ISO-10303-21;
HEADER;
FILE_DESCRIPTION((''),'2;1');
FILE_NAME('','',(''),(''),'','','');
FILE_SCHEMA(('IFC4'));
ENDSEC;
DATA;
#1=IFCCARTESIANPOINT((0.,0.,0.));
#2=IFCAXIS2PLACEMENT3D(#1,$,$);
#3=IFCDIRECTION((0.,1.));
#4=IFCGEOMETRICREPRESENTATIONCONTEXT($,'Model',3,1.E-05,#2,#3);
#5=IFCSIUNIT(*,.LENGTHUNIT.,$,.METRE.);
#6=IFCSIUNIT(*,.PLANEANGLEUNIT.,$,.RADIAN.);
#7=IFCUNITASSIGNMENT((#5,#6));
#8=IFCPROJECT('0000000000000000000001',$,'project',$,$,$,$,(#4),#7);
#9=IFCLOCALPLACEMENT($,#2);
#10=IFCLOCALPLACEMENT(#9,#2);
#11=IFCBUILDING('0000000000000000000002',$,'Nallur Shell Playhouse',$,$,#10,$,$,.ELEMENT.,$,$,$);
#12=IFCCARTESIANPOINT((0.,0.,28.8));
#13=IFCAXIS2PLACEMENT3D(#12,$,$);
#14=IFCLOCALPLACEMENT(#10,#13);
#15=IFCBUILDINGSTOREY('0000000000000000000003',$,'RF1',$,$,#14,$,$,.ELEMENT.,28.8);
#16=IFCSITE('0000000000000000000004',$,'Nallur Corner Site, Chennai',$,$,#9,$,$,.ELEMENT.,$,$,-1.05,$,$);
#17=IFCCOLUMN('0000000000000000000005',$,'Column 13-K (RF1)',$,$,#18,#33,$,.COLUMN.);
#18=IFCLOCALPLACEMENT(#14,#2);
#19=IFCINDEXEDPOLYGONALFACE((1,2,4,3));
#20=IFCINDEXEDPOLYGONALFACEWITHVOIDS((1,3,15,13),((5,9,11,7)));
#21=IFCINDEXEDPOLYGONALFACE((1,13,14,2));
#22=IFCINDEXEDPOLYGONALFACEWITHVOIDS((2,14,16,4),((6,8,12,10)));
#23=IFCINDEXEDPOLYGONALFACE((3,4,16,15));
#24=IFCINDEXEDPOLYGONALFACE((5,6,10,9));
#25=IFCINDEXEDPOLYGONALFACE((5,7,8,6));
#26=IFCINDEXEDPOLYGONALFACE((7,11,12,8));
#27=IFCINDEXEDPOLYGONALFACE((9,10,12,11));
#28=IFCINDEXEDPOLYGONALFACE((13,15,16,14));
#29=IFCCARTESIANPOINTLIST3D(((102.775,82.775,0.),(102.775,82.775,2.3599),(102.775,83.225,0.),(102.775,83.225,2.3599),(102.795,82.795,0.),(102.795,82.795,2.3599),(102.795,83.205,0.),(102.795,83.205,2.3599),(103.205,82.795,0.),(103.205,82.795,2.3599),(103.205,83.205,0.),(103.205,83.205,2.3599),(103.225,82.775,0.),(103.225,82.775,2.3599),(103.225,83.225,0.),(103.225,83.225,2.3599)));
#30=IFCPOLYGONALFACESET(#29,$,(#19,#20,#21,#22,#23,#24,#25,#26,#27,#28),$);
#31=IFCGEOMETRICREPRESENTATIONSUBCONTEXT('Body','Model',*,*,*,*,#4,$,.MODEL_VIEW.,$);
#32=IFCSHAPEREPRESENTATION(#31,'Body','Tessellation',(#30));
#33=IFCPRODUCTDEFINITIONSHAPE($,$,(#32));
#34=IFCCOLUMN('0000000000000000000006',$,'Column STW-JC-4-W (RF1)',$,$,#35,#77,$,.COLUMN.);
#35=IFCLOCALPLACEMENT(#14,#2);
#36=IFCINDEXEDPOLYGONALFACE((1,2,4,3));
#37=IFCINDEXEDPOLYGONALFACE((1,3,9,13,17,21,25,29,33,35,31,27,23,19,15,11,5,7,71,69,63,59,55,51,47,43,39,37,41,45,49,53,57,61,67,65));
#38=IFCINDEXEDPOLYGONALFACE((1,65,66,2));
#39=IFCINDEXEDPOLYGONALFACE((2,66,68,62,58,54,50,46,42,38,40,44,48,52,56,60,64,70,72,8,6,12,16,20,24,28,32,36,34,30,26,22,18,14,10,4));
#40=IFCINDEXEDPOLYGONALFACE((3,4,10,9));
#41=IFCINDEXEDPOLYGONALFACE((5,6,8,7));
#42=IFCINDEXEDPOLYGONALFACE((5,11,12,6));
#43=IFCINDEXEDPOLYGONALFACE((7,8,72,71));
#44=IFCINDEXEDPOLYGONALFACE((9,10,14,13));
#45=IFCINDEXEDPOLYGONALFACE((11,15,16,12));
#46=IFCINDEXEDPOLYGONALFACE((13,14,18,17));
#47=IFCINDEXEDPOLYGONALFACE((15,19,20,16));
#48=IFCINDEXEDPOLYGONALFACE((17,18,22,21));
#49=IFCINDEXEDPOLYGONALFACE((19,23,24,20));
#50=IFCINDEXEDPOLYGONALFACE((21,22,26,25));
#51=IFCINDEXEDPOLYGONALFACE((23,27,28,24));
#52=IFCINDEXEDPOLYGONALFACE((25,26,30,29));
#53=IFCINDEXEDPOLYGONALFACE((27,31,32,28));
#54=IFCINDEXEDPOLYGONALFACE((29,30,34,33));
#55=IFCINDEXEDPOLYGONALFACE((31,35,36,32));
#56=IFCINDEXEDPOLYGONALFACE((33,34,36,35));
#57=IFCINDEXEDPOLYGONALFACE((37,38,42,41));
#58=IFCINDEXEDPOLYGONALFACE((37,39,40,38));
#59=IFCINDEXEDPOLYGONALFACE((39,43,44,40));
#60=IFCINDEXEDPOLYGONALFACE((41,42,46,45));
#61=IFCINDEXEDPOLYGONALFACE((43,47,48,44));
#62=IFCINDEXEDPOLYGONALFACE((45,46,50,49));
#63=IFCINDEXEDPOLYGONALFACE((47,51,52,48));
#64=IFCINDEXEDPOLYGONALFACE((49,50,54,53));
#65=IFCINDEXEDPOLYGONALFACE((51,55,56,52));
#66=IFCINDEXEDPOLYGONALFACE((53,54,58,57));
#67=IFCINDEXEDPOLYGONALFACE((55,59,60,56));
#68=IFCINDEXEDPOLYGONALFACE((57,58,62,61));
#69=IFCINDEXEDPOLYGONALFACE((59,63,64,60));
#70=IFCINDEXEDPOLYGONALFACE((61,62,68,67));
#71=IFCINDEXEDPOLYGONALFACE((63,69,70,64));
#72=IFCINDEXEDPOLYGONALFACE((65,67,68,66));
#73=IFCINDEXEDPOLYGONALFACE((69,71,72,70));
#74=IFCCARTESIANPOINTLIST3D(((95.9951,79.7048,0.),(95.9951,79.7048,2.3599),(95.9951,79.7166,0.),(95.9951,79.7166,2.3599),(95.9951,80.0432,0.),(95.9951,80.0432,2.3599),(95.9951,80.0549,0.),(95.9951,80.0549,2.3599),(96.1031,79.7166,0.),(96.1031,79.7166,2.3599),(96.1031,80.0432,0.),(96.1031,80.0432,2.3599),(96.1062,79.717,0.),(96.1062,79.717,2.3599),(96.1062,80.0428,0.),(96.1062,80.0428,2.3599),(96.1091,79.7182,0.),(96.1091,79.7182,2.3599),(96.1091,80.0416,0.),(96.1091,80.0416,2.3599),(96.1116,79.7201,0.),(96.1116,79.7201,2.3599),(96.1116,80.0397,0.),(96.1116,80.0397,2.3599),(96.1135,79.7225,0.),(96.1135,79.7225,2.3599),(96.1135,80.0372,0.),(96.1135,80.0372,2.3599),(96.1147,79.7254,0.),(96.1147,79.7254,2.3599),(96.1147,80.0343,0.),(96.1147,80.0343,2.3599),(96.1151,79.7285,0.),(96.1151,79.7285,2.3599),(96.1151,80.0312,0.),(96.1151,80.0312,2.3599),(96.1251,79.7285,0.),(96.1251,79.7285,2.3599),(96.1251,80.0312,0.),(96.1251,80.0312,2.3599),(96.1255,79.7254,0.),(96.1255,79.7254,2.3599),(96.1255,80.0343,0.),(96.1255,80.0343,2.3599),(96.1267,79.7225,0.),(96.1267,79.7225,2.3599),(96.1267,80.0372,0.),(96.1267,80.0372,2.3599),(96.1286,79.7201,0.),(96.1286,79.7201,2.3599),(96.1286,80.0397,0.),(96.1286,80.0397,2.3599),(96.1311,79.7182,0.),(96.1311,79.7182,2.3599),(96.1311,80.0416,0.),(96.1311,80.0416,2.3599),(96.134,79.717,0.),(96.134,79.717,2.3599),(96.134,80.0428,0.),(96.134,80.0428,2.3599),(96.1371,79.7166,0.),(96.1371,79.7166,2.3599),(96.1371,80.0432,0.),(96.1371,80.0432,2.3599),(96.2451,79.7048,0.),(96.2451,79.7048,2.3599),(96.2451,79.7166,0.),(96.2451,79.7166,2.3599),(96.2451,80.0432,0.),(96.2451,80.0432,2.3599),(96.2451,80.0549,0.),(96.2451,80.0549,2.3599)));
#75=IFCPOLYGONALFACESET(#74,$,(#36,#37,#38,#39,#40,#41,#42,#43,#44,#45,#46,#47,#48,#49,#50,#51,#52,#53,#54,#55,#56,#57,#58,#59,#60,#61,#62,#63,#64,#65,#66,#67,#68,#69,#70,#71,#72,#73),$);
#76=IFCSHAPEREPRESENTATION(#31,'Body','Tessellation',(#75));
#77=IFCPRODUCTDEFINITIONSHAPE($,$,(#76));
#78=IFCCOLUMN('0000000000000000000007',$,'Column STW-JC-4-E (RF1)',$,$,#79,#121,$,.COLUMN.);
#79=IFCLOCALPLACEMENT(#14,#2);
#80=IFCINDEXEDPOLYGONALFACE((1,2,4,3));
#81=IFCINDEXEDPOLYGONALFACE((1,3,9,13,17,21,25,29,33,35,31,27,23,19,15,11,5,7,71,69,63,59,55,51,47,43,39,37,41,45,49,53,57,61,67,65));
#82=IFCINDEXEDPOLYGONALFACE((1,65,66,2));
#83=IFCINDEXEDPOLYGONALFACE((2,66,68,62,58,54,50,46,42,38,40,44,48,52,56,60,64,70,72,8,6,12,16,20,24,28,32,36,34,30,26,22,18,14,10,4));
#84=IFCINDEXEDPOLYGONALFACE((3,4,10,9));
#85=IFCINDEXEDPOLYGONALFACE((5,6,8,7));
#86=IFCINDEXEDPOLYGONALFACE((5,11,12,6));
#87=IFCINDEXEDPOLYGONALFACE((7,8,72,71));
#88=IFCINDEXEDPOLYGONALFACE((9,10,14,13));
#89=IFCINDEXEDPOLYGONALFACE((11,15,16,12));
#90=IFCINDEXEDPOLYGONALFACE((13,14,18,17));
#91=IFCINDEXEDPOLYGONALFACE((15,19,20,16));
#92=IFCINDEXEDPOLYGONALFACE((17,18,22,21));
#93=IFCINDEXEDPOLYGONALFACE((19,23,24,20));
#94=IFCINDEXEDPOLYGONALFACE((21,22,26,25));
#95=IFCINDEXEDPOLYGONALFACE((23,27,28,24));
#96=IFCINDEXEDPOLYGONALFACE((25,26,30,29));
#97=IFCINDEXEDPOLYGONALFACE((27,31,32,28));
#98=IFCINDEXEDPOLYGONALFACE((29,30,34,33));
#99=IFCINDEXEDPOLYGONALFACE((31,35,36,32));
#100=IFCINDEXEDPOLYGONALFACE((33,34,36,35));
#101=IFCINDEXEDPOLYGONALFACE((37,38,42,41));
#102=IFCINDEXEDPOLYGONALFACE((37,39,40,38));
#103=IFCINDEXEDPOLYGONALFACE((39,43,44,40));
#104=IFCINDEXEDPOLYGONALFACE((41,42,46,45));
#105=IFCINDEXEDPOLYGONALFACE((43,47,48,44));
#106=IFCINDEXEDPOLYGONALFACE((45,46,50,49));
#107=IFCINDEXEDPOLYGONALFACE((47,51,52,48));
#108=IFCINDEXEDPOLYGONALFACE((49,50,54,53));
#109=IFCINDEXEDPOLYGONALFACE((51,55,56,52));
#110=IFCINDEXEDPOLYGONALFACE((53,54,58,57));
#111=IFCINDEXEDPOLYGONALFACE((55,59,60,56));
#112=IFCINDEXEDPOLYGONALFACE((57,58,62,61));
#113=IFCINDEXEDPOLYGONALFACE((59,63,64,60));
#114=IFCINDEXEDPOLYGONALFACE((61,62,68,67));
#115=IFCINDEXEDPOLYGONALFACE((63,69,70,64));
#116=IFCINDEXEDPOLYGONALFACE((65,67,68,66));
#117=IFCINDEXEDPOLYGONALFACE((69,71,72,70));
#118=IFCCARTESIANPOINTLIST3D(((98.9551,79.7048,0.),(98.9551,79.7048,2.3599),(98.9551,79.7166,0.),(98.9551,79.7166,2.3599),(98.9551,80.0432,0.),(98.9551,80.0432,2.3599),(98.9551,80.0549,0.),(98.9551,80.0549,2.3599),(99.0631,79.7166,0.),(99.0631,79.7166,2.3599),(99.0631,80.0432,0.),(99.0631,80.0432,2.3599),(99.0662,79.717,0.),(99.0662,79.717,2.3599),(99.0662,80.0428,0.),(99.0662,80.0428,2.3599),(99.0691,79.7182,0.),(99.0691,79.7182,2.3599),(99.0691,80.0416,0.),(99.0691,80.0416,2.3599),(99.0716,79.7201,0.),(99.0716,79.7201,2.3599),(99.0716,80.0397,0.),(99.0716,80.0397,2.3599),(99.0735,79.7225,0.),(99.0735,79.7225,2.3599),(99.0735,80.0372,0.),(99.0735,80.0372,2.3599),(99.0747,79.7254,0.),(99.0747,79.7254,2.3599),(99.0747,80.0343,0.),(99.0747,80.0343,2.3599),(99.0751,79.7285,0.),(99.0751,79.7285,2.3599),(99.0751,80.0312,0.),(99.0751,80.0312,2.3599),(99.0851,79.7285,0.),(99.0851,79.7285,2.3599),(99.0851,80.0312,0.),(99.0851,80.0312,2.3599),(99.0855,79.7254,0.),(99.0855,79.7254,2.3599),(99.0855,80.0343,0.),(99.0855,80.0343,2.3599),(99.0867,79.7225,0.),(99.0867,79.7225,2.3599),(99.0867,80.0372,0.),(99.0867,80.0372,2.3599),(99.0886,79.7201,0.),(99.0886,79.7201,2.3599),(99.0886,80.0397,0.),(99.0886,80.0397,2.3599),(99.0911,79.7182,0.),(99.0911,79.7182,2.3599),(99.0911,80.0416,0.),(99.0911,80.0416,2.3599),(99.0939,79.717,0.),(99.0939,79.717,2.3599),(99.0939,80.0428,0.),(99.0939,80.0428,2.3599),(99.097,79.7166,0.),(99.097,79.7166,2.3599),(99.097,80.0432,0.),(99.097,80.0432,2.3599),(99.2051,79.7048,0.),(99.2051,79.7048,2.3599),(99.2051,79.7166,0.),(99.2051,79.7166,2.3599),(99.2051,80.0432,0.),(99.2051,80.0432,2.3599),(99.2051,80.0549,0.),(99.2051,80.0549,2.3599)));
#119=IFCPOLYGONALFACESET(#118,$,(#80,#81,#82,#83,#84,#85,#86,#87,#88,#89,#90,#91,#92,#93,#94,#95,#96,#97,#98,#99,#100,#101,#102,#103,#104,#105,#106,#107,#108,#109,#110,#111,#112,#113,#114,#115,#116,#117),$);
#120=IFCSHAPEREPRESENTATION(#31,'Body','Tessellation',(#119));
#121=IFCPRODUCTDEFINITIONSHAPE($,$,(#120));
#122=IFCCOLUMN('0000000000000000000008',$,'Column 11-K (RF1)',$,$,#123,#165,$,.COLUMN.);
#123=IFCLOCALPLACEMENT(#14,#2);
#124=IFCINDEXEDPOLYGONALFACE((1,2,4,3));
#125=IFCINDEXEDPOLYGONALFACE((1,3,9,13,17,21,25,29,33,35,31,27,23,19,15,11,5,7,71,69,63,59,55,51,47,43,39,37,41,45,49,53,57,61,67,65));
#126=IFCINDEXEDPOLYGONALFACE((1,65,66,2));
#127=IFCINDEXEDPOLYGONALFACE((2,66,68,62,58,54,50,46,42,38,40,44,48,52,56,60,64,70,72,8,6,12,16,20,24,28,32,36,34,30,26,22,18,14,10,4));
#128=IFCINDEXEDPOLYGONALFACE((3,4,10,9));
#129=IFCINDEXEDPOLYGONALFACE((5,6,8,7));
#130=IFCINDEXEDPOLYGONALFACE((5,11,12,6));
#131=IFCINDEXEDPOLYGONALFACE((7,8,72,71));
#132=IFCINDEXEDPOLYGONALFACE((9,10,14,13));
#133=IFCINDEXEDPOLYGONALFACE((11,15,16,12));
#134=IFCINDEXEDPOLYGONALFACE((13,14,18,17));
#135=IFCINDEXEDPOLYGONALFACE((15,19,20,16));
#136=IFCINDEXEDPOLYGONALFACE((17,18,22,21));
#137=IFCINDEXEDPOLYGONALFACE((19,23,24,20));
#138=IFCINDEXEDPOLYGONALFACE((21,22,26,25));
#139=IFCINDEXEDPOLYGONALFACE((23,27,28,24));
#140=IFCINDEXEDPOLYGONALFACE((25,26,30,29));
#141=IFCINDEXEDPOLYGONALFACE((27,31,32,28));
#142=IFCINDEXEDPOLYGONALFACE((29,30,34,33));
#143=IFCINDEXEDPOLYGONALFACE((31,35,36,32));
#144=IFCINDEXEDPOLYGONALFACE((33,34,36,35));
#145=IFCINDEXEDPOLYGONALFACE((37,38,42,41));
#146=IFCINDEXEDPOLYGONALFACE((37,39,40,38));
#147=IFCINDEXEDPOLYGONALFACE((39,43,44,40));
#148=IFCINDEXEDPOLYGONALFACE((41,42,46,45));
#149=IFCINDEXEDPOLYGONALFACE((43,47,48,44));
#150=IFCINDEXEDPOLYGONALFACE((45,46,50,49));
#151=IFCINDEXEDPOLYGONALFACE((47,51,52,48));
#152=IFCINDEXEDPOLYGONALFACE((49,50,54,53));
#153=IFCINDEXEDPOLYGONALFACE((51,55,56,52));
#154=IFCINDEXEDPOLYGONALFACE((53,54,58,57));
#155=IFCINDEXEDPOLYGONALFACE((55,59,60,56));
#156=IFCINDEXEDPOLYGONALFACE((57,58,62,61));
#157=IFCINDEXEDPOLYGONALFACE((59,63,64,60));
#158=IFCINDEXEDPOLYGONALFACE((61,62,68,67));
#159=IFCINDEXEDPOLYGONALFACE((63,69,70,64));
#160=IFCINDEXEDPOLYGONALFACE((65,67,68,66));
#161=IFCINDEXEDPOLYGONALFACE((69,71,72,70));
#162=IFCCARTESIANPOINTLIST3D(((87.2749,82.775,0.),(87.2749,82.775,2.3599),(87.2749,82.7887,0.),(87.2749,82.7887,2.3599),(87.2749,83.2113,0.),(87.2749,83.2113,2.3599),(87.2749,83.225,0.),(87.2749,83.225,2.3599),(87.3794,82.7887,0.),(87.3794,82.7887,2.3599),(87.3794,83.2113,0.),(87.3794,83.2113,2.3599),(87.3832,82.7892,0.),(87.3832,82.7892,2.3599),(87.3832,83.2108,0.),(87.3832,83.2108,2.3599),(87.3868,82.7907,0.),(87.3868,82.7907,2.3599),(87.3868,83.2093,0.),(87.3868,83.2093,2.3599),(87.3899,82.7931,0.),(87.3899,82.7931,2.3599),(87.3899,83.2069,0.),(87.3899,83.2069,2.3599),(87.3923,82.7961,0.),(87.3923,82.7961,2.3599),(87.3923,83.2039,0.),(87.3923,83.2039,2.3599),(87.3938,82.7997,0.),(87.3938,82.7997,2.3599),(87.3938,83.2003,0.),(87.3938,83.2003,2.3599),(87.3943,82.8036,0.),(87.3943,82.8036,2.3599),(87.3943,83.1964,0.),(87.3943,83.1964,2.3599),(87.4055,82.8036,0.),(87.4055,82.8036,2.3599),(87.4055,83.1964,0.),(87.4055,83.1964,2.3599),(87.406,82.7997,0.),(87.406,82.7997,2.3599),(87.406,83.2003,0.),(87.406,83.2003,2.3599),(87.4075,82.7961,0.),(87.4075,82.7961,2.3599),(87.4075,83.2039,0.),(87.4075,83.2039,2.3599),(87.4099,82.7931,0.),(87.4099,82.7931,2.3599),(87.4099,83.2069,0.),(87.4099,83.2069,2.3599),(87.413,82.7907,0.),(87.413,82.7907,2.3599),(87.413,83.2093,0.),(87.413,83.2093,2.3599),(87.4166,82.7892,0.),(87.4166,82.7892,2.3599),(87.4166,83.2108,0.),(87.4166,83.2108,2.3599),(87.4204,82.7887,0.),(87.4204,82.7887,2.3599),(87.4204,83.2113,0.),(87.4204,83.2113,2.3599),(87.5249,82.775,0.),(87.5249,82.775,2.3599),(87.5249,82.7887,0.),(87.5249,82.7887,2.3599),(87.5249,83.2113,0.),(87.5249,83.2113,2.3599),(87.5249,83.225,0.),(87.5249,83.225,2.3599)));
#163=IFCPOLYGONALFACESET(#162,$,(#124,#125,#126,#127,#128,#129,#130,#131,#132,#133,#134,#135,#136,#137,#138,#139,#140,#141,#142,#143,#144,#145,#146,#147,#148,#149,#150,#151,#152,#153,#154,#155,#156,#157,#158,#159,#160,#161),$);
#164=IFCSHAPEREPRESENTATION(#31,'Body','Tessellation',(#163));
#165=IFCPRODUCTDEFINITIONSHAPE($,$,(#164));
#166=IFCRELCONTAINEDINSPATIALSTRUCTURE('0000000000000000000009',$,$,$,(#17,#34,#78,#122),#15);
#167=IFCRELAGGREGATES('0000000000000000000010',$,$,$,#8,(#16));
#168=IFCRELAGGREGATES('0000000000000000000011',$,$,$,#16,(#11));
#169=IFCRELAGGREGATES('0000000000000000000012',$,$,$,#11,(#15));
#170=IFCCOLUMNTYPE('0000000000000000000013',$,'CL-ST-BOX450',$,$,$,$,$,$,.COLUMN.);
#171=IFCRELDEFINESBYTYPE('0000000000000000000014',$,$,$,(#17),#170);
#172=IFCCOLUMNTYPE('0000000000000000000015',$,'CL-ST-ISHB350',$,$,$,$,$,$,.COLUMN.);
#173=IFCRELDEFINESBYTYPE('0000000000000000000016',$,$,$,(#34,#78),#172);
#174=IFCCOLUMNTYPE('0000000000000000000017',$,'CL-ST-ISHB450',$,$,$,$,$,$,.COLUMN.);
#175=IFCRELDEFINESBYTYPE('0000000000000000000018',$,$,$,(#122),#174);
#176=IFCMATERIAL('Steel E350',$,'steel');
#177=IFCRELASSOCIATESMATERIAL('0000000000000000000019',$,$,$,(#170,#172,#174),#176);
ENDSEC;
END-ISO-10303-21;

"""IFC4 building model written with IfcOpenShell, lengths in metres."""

from ifc_helpers import new_model, si_unit, direction, frame, origin, origin_2d, place, context, subcontext, project, spatial, hollow_rectangle, i_section, extrude, material, material_profile, profile_set, type_object, element, save


model = new_model("IFC4")

# Units and contexts
model_context = context("Model", 3, precision=1e-05, world=origin(), true_north=direction((0.0, 1.0)))
body_context = subcontext(model_context, "Body", "Model", "MODEL_VIEW")
ifc_project = project(units=[si_unit("LENGTHUNIT", "METRE"), si_unit("PLANEANGLEUNIT", "RADIAN")], contexts=[model_context])

# Site, building, storey
site_placement = place(None, origin())
site = spatial("IfcSite", under=ifc_project, at=site_placement, Name="Nallur Corner Site, Chennai", CompositionType="ELEMENT", RefElevation=-1.05)
building_placement = place(site_placement, origin())
building = spatial("IfcBuilding", under=site, at=building_placement, Name="Nallur Shell Playhouse", CompositionType="ELEMENT")
storey_placement = place(building_placement, frame((0.0, 0.0, 28.8)))
storey = spatial("IfcBuildingStorey", under=building, at=storey_placement, Name="RF1", CompositionType="ELEMENT", Elevation=28.8)

# Columns
ifc_material_1 = material(Name="Steel E350", Category="steel")
ifc_material_profile_1 = material_profile(ifc_material_1, hollow_rectangle(XDim=0.45, YDim=0.45, WallThickness=0.02, at=origin_2d()), Name="BOX 450x450x20")
ifc_profile_set_1 = profile_set([ifc_material_profile_1], Name="Steel E350")
column_type_1 = type_object("IfcColumnType", Name="CL-ST-BOX450", PredefinedType="COLUMN", material=ifc_profile_set_1)
column_1_placement = place(storey_placement, frame((103.0, 83.0, 0.0), z_axis=(0.0, 0.0, 1.0), x_axis=(1.0, 0.0, 0.0)))
element("IfcColumn", 1, at=column_1_placement, inside=storey, type_object=column_type_1, Name="Column 13-K (RF1)", PredefinedType="COLUMN", context=body_context, shape_type="SweptSolid", body=[
    extrude(hollow_rectangle(XDim=0.45, YDim=0.45, WallThickness=0.02, at=origin_2d()), origin(), (0.0, 0.0, 1.0), 2.3599),
])
ifc_material_profile_2 = material_profile(ifc_material_1, i_section(OverallWidth=0.25, OverallDepth=0.3501, WebThickness=0.01, FlangeThickness=0.0117, FilletRadius=0.012, at=origin_2d()), Name="ISHB 350")
ifc_profile_set_2 = profile_set([ifc_material_profile_2], Name="Steel E350")
column_type_2 = type_object("IfcColumnType", Name="CL-ST-ISHB350", PredefinedType="COLUMN", material=ifc_profile_set_2)
for number, where, z_axis, x_axis, name in (
    (2, (96.1201, 79.8799, 0.0), (0.0, 0.0, 1.0), (1.0, 0.0, 0.0), "Column STW-JC-4-W (RF1)"),
    (3, (99.0801, 79.8799, 0.0), (0.0, 0.0, 1.0), (1.0, 0.0, 0.0), "Column STW-JC-4-E (RF1)"),
):
    element("IfcColumn", number, at=place(storey_placement, frame(where, z_axis=z_axis, x_axis=x_axis)), inside=storey, type_object=column_type_2, Name=name, PredefinedType="COLUMN", context=body_context, shape_type="SweptSolid", body=[
        extrude(i_section(OverallWidth=0.25, OverallDepth=0.3501, WebThickness=0.01, FlangeThickness=0.0117, FilletRadius=0.012, at=origin_2d()), origin(), (0.0, 0.0, 1.0), 2.3599),
    ])
ifc_material_profile_3 = material_profile(ifc_material_1, i_section(OverallWidth=0.25, OverallDepth=0.45, WebThickness=0.0112, FlangeThickness=0.0137, FilletRadius=0.0149, at=origin_2d()), Name="ISHB 450")
ifc_profile_set_3 = profile_set([ifc_material_profile_3], Name="Steel E350")
column_type_3 = type_object("IfcColumnType", Name="CL-ST-ISHB450", PredefinedType="COLUMN", material=ifc_profile_set_3)
column_2_placement = place(storey_placement, frame((87.3999, 83.0, 0.0), z_axis=(0.0, 0.0, 1.0), x_axis=(1.0, 0.0, 0.0)))
element("IfcColumn", 4, at=column_2_placement, inside=storey, type_object=column_type_3, Name="Column 11-K (RF1)", PredefinedType="COLUMN", context=body_context, shape_type="SweptSolid", body=[
    extrude(i_section(OverallWidth=0.25, OverallDepth=0.45, WebThickness=0.0112, FlangeThickness=0.0137, FilletRadius=0.0149, at=origin_2d()), origin(), (0.0, 0.0, 1.0), 2.3599),
])

save(model, "model.ifc")
